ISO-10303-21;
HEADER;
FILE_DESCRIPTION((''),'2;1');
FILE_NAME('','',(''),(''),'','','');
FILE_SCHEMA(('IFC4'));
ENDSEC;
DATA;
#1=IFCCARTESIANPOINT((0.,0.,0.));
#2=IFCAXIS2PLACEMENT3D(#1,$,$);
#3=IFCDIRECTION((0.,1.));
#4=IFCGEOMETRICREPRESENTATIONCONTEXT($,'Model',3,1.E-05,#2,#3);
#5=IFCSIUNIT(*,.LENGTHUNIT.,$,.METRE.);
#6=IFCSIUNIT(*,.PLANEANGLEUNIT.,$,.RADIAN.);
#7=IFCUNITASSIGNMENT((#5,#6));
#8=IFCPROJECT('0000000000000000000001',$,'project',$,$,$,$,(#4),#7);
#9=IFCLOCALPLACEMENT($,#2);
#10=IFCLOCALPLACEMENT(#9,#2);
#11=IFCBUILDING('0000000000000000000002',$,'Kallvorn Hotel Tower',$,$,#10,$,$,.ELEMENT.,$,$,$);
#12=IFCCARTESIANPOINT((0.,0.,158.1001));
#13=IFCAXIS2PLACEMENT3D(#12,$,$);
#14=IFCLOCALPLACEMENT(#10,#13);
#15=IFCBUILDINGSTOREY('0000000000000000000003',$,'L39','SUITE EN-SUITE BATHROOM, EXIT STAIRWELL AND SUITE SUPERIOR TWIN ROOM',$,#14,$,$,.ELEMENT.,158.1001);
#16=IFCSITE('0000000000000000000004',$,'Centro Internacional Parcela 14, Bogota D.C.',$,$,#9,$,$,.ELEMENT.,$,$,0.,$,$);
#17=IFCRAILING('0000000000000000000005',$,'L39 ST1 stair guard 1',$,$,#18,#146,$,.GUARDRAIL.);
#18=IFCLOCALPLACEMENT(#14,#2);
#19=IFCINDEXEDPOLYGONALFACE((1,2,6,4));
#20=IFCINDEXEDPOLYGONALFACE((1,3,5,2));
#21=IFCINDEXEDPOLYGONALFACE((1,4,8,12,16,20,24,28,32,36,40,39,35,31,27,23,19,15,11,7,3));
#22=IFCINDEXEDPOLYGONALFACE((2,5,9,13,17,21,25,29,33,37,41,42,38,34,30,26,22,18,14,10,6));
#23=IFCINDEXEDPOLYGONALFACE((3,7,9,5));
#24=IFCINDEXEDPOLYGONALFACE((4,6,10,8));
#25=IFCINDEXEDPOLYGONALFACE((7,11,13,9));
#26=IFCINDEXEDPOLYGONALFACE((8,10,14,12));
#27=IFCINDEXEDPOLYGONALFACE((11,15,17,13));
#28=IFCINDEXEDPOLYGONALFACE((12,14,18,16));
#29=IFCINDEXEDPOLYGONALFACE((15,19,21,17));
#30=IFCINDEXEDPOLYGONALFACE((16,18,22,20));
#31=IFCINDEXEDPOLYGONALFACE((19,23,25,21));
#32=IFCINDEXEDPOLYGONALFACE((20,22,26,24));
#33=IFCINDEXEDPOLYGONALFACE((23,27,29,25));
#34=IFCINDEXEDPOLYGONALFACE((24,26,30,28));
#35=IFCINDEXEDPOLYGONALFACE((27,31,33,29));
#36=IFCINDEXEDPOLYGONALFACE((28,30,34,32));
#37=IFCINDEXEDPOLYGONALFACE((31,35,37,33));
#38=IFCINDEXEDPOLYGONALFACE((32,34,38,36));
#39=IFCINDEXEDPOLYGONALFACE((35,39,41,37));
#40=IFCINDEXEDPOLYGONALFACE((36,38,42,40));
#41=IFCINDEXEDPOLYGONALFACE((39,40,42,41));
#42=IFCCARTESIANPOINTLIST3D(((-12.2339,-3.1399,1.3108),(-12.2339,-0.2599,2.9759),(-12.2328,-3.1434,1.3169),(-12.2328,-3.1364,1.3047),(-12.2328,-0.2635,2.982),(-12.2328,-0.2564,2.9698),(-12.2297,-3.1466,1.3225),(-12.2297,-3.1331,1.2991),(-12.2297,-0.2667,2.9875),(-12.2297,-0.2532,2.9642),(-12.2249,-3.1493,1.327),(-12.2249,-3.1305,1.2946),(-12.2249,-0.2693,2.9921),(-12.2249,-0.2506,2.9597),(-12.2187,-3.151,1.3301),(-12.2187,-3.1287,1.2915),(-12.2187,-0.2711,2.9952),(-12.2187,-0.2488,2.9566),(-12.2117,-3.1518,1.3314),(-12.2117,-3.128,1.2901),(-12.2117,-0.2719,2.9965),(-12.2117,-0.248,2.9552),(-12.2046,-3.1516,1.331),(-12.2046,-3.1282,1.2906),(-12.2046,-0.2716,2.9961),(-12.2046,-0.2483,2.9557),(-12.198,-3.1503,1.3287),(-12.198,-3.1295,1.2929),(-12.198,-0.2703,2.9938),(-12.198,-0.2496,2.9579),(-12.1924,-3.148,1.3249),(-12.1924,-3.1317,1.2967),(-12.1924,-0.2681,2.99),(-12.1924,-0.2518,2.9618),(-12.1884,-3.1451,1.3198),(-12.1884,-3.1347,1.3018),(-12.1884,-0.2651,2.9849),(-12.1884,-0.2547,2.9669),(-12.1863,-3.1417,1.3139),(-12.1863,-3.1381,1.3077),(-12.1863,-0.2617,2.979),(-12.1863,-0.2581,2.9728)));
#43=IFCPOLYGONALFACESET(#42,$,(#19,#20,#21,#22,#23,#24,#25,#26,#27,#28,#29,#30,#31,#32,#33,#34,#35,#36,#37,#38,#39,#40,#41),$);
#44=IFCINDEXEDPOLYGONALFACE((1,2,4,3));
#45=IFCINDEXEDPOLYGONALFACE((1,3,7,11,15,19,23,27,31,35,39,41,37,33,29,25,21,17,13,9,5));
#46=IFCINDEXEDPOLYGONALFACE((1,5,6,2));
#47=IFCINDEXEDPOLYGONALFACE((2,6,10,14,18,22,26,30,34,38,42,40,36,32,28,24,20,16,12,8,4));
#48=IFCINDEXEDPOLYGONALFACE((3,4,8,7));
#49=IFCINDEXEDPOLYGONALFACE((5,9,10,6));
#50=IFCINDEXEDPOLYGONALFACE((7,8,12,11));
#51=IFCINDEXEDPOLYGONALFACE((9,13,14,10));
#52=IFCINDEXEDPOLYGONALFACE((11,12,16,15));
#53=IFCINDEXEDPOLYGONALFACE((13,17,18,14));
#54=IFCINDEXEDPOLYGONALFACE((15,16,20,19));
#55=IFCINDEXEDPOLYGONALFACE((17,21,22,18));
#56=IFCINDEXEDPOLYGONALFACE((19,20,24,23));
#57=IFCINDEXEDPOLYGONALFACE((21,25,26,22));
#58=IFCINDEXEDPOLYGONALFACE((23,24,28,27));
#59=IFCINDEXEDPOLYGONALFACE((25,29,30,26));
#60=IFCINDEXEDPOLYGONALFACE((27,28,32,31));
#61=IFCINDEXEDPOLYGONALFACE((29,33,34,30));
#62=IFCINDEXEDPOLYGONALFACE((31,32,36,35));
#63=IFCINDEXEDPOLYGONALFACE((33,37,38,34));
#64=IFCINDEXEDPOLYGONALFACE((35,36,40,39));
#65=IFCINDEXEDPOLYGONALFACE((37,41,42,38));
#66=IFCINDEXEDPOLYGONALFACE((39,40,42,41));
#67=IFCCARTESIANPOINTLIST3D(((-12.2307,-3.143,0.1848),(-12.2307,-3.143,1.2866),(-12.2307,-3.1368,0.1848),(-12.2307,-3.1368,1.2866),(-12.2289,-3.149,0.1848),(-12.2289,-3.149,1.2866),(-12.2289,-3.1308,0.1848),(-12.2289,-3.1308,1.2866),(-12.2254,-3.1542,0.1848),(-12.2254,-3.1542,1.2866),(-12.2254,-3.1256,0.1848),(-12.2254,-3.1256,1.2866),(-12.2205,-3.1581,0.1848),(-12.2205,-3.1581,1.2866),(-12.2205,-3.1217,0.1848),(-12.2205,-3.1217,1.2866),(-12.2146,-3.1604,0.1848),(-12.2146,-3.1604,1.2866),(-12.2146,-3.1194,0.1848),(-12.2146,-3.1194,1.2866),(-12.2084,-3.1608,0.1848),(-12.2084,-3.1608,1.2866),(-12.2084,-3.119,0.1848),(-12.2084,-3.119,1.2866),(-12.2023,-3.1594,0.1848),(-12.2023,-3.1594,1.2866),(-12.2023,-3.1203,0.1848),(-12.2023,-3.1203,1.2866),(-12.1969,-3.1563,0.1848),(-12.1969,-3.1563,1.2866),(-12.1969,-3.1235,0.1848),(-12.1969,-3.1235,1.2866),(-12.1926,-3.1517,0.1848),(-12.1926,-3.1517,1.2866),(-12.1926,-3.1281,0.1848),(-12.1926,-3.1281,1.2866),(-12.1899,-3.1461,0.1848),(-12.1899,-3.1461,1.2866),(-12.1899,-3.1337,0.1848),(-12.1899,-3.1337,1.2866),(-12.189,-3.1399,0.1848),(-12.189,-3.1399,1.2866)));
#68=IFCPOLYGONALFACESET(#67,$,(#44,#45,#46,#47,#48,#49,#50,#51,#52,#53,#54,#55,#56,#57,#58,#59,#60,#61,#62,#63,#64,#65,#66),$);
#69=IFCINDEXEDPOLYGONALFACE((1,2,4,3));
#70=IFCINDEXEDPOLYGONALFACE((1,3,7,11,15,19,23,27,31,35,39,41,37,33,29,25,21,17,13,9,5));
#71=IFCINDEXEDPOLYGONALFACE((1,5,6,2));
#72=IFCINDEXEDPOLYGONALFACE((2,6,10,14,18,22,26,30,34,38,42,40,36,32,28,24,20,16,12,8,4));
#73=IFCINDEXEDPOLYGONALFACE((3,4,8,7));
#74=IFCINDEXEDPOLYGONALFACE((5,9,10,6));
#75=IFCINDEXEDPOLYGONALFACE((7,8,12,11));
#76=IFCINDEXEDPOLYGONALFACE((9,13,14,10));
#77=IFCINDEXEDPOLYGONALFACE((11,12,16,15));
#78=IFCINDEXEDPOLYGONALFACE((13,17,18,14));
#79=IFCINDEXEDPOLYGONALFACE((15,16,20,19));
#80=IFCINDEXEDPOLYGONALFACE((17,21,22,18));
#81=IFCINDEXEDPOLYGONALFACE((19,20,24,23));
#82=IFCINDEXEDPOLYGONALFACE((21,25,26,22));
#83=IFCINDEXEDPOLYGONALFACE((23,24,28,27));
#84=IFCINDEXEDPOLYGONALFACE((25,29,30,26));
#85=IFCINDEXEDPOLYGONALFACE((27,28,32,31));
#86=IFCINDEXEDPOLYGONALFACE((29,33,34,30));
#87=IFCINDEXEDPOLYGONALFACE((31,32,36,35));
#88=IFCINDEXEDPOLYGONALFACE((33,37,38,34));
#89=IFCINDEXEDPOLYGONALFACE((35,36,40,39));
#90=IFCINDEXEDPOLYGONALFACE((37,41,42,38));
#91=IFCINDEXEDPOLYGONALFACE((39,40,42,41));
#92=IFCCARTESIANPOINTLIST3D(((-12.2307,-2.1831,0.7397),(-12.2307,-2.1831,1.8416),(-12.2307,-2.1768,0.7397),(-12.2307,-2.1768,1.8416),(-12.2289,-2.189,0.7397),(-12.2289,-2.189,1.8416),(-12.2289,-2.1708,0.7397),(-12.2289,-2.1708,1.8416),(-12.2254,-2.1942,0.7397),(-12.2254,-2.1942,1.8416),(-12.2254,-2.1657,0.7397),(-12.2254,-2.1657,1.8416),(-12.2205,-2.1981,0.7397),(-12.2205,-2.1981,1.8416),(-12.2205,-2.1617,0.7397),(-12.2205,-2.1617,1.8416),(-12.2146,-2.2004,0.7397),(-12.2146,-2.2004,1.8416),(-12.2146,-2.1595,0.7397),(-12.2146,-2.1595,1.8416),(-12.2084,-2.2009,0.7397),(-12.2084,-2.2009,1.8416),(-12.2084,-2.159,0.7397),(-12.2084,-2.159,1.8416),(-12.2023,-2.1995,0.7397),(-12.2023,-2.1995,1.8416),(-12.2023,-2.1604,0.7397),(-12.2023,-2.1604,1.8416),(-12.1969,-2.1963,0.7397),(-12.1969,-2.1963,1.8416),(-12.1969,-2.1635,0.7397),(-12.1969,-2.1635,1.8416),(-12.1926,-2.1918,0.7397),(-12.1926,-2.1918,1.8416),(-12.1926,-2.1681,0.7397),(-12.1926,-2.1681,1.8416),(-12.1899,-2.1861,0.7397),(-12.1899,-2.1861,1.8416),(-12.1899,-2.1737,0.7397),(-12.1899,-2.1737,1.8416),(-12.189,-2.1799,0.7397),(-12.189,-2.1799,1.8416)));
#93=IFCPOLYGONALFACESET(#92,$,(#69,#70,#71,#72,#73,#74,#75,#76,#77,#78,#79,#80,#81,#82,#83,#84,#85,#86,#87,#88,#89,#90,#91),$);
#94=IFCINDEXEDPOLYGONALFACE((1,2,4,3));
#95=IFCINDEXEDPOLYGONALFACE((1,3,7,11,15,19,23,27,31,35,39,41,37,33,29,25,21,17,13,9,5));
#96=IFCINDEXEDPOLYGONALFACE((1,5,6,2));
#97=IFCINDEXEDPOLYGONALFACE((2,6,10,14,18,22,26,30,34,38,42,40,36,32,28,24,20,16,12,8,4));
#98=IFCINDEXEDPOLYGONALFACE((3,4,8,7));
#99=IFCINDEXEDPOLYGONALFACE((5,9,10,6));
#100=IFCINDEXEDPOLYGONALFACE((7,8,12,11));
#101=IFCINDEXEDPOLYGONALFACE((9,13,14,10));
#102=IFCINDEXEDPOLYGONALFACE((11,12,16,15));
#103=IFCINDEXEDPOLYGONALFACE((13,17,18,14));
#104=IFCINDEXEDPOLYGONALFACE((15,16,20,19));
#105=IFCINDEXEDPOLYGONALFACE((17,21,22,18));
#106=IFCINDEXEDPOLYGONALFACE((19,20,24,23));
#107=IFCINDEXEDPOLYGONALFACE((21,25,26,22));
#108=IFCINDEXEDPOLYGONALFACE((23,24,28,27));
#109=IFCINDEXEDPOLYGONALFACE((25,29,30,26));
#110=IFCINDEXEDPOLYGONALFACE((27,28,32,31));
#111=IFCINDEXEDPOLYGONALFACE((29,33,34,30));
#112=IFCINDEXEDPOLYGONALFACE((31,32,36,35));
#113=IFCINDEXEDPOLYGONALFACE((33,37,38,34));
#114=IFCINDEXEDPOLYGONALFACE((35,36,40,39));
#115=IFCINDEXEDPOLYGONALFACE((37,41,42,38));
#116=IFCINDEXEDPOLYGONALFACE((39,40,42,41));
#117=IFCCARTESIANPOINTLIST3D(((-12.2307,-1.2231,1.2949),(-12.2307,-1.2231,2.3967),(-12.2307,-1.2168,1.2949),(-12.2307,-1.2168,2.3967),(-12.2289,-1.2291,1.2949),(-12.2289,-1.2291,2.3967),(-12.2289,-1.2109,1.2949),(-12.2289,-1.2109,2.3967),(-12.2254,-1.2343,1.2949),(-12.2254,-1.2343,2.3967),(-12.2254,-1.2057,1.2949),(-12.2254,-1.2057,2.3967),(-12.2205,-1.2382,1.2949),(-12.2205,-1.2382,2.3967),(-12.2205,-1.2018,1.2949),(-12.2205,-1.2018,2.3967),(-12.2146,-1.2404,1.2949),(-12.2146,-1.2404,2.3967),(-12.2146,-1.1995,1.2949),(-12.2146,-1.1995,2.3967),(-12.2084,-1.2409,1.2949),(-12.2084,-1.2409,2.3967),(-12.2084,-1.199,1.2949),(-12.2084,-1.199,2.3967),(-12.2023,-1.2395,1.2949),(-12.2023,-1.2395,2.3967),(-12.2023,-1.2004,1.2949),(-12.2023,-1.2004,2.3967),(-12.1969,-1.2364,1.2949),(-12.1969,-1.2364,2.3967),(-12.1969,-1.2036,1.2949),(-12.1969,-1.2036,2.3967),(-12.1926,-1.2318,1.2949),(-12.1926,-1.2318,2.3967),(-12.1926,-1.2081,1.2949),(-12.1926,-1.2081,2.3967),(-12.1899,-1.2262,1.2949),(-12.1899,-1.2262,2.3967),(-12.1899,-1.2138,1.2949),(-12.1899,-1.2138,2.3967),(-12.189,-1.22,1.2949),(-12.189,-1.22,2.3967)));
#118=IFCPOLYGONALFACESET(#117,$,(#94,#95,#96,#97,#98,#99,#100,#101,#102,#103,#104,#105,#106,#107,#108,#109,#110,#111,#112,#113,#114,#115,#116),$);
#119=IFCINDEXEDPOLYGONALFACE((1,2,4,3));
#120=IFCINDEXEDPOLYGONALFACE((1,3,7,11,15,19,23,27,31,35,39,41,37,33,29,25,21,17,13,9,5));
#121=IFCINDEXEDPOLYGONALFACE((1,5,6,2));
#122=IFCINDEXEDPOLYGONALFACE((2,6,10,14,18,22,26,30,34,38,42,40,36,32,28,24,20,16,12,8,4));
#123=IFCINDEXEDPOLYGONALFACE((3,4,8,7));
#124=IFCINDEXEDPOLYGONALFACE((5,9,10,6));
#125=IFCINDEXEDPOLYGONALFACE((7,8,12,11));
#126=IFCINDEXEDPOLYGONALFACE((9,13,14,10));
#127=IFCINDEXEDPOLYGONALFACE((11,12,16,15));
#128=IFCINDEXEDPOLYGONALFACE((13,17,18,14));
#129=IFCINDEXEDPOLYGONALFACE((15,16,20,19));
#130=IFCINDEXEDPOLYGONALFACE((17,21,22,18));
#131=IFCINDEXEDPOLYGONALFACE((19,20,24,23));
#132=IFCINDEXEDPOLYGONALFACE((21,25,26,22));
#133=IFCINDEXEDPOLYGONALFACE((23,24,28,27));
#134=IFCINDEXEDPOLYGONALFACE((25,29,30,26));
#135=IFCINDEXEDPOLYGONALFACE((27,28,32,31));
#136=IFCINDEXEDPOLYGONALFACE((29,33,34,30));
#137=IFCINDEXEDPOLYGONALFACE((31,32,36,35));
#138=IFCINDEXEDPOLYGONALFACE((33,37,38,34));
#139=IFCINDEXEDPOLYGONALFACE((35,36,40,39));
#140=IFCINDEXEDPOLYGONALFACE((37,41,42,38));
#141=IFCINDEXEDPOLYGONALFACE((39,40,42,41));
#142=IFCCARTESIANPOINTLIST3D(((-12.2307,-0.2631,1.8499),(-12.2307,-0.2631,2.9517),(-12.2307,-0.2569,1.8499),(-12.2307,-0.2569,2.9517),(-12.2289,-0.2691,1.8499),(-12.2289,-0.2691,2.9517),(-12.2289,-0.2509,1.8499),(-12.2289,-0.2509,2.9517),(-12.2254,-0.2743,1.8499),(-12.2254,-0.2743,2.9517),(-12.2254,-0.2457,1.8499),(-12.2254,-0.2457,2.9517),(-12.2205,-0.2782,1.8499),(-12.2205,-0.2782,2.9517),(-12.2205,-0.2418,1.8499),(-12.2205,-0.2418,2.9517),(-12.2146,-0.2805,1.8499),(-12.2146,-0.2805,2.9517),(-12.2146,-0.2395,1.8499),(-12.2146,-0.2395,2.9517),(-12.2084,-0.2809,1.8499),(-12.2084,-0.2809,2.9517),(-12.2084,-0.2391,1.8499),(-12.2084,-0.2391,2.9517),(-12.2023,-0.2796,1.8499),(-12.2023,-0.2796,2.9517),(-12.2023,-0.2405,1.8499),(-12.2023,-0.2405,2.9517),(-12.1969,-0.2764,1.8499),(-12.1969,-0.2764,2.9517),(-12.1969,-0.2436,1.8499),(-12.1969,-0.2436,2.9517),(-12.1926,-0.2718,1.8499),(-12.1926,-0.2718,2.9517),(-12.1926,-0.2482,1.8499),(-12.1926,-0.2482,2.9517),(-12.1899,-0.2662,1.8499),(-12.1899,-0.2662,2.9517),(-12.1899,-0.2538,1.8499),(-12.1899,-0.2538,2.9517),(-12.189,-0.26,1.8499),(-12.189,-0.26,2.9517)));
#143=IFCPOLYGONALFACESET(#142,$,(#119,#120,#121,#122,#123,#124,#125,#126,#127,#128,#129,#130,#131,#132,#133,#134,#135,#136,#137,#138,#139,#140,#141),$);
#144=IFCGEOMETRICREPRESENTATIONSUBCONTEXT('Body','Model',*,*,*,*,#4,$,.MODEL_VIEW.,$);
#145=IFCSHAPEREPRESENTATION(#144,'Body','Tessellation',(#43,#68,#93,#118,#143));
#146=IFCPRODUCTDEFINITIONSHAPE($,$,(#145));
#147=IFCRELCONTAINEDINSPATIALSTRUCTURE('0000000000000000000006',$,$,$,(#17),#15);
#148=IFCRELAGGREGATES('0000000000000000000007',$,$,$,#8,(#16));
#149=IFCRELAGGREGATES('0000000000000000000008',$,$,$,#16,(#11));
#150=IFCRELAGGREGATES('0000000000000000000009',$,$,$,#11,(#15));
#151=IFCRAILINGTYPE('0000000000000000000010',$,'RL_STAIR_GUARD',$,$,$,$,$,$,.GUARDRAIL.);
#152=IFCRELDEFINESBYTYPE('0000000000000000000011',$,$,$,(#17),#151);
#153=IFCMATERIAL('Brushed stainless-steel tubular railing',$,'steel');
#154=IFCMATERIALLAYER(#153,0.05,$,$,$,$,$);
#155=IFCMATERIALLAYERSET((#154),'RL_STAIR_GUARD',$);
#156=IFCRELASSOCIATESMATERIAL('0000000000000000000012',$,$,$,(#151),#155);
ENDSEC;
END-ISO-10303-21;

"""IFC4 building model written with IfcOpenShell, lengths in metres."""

from ifc_helpers import new_model, si_unit, direction, frame, origin, origin_2d, place, context, subcontext, project, spatial, circle, extrude, material, layer, layer_set, type_object, element, save


model = new_model("IFC4")

# Units and contexts
model_context = context("Model", 3, precision=1e-05, world=origin(), true_north=direction((0.0, 1.0)))
body_context = subcontext(model_context, "Body", "Model", "MODEL_VIEW")
ifc_project = project(units=[si_unit("LENGTHUNIT", "METRE"), si_unit("PLANEANGLEUNIT", "RADIAN")], contexts=[model_context])

# Site, building, storey
site_placement = place(None, origin())
site = spatial("IfcSite", under=ifc_project, at=site_placement, Name="Centro Internacional Parcela 14, Bogota D.C.", CompositionType="ELEMENT", RefElevation=0.0)
building_placement = place(site_placement, origin())
building = spatial("IfcBuilding", under=site, at=building_placement, Name="Kallvorn Hotel Tower", CompositionType="ELEMENT")
storey_placement = place(building_placement, frame((0.0, 0.0, 158.1001)))
storey = spatial("IfcBuildingStorey", under=building, at=storey_placement, Name="L39", Description="SUITE EN-SUITE BATHROOM, EXIT STAIRWELL AND SUITE SUPERIOR TWIN ROOM", CompositionType="ELEMENT", Elevation=158.1001)

# Railing
ifc_material_1 = material(Name="Brushed stainless-steel tubular railing", Category="steel")
ifc_layer_1 = layer(ifc_material_1, 0.05)
ifc_layer_set_1 = layer_set([ifc_layer_1], Name="RL_STAIR_GUARD")
railing_type_1 = type_object("IfcRailingType", Name="RL_STAIR_GUARD", PredefinedType="GUARDRAIL", material=ifc_layer_set_1)
railing_1_placement = place(storey_placement, frame((-12.21, -3.1399, 0.1848)))
element("IfcRailing", 1, at=railing_1_placement, inside=storey, type_object=railing_type_1, Name="L39 ST1 stair guard 1", PredefinedType="GUARDRAIL", context=body_context, shape_type="SweptSolid", body=[
    extrude(circle(Radius=0.0239, at=origin_2d()), frame((0.0, 0.0, 1.126), z_axis=(0.0, 0.865721, 0.500527), x_axis=(-1.0, 0.0, 0.0)), (0.0, 0.0, 1.0), 3.3267),
    extrude(circle(Radius=0.021, at=origin_2d()), origin(), (0.0, 0.0, 1.0), 1.1018),
    extrude(circle(Radius=0.021, at=origin_2d()), frame((0.0, 0.96, 0.5549)), (0.0, 0.0, 1.0), 1.1018),
    extrude(circle(Radius=0.021, at=origin_2d()), frame((0.0, 1.9199, 1.1101)), (0.0, 0.0, 1.0), 1.1018),
    extrude(circle(Radius=0.021, at=origin_2d()), frame((0.0, 2.8799, 1.665)), (0.0, 0.0, 1.0), 1.1018),
])

save(model, "model.ifc")
